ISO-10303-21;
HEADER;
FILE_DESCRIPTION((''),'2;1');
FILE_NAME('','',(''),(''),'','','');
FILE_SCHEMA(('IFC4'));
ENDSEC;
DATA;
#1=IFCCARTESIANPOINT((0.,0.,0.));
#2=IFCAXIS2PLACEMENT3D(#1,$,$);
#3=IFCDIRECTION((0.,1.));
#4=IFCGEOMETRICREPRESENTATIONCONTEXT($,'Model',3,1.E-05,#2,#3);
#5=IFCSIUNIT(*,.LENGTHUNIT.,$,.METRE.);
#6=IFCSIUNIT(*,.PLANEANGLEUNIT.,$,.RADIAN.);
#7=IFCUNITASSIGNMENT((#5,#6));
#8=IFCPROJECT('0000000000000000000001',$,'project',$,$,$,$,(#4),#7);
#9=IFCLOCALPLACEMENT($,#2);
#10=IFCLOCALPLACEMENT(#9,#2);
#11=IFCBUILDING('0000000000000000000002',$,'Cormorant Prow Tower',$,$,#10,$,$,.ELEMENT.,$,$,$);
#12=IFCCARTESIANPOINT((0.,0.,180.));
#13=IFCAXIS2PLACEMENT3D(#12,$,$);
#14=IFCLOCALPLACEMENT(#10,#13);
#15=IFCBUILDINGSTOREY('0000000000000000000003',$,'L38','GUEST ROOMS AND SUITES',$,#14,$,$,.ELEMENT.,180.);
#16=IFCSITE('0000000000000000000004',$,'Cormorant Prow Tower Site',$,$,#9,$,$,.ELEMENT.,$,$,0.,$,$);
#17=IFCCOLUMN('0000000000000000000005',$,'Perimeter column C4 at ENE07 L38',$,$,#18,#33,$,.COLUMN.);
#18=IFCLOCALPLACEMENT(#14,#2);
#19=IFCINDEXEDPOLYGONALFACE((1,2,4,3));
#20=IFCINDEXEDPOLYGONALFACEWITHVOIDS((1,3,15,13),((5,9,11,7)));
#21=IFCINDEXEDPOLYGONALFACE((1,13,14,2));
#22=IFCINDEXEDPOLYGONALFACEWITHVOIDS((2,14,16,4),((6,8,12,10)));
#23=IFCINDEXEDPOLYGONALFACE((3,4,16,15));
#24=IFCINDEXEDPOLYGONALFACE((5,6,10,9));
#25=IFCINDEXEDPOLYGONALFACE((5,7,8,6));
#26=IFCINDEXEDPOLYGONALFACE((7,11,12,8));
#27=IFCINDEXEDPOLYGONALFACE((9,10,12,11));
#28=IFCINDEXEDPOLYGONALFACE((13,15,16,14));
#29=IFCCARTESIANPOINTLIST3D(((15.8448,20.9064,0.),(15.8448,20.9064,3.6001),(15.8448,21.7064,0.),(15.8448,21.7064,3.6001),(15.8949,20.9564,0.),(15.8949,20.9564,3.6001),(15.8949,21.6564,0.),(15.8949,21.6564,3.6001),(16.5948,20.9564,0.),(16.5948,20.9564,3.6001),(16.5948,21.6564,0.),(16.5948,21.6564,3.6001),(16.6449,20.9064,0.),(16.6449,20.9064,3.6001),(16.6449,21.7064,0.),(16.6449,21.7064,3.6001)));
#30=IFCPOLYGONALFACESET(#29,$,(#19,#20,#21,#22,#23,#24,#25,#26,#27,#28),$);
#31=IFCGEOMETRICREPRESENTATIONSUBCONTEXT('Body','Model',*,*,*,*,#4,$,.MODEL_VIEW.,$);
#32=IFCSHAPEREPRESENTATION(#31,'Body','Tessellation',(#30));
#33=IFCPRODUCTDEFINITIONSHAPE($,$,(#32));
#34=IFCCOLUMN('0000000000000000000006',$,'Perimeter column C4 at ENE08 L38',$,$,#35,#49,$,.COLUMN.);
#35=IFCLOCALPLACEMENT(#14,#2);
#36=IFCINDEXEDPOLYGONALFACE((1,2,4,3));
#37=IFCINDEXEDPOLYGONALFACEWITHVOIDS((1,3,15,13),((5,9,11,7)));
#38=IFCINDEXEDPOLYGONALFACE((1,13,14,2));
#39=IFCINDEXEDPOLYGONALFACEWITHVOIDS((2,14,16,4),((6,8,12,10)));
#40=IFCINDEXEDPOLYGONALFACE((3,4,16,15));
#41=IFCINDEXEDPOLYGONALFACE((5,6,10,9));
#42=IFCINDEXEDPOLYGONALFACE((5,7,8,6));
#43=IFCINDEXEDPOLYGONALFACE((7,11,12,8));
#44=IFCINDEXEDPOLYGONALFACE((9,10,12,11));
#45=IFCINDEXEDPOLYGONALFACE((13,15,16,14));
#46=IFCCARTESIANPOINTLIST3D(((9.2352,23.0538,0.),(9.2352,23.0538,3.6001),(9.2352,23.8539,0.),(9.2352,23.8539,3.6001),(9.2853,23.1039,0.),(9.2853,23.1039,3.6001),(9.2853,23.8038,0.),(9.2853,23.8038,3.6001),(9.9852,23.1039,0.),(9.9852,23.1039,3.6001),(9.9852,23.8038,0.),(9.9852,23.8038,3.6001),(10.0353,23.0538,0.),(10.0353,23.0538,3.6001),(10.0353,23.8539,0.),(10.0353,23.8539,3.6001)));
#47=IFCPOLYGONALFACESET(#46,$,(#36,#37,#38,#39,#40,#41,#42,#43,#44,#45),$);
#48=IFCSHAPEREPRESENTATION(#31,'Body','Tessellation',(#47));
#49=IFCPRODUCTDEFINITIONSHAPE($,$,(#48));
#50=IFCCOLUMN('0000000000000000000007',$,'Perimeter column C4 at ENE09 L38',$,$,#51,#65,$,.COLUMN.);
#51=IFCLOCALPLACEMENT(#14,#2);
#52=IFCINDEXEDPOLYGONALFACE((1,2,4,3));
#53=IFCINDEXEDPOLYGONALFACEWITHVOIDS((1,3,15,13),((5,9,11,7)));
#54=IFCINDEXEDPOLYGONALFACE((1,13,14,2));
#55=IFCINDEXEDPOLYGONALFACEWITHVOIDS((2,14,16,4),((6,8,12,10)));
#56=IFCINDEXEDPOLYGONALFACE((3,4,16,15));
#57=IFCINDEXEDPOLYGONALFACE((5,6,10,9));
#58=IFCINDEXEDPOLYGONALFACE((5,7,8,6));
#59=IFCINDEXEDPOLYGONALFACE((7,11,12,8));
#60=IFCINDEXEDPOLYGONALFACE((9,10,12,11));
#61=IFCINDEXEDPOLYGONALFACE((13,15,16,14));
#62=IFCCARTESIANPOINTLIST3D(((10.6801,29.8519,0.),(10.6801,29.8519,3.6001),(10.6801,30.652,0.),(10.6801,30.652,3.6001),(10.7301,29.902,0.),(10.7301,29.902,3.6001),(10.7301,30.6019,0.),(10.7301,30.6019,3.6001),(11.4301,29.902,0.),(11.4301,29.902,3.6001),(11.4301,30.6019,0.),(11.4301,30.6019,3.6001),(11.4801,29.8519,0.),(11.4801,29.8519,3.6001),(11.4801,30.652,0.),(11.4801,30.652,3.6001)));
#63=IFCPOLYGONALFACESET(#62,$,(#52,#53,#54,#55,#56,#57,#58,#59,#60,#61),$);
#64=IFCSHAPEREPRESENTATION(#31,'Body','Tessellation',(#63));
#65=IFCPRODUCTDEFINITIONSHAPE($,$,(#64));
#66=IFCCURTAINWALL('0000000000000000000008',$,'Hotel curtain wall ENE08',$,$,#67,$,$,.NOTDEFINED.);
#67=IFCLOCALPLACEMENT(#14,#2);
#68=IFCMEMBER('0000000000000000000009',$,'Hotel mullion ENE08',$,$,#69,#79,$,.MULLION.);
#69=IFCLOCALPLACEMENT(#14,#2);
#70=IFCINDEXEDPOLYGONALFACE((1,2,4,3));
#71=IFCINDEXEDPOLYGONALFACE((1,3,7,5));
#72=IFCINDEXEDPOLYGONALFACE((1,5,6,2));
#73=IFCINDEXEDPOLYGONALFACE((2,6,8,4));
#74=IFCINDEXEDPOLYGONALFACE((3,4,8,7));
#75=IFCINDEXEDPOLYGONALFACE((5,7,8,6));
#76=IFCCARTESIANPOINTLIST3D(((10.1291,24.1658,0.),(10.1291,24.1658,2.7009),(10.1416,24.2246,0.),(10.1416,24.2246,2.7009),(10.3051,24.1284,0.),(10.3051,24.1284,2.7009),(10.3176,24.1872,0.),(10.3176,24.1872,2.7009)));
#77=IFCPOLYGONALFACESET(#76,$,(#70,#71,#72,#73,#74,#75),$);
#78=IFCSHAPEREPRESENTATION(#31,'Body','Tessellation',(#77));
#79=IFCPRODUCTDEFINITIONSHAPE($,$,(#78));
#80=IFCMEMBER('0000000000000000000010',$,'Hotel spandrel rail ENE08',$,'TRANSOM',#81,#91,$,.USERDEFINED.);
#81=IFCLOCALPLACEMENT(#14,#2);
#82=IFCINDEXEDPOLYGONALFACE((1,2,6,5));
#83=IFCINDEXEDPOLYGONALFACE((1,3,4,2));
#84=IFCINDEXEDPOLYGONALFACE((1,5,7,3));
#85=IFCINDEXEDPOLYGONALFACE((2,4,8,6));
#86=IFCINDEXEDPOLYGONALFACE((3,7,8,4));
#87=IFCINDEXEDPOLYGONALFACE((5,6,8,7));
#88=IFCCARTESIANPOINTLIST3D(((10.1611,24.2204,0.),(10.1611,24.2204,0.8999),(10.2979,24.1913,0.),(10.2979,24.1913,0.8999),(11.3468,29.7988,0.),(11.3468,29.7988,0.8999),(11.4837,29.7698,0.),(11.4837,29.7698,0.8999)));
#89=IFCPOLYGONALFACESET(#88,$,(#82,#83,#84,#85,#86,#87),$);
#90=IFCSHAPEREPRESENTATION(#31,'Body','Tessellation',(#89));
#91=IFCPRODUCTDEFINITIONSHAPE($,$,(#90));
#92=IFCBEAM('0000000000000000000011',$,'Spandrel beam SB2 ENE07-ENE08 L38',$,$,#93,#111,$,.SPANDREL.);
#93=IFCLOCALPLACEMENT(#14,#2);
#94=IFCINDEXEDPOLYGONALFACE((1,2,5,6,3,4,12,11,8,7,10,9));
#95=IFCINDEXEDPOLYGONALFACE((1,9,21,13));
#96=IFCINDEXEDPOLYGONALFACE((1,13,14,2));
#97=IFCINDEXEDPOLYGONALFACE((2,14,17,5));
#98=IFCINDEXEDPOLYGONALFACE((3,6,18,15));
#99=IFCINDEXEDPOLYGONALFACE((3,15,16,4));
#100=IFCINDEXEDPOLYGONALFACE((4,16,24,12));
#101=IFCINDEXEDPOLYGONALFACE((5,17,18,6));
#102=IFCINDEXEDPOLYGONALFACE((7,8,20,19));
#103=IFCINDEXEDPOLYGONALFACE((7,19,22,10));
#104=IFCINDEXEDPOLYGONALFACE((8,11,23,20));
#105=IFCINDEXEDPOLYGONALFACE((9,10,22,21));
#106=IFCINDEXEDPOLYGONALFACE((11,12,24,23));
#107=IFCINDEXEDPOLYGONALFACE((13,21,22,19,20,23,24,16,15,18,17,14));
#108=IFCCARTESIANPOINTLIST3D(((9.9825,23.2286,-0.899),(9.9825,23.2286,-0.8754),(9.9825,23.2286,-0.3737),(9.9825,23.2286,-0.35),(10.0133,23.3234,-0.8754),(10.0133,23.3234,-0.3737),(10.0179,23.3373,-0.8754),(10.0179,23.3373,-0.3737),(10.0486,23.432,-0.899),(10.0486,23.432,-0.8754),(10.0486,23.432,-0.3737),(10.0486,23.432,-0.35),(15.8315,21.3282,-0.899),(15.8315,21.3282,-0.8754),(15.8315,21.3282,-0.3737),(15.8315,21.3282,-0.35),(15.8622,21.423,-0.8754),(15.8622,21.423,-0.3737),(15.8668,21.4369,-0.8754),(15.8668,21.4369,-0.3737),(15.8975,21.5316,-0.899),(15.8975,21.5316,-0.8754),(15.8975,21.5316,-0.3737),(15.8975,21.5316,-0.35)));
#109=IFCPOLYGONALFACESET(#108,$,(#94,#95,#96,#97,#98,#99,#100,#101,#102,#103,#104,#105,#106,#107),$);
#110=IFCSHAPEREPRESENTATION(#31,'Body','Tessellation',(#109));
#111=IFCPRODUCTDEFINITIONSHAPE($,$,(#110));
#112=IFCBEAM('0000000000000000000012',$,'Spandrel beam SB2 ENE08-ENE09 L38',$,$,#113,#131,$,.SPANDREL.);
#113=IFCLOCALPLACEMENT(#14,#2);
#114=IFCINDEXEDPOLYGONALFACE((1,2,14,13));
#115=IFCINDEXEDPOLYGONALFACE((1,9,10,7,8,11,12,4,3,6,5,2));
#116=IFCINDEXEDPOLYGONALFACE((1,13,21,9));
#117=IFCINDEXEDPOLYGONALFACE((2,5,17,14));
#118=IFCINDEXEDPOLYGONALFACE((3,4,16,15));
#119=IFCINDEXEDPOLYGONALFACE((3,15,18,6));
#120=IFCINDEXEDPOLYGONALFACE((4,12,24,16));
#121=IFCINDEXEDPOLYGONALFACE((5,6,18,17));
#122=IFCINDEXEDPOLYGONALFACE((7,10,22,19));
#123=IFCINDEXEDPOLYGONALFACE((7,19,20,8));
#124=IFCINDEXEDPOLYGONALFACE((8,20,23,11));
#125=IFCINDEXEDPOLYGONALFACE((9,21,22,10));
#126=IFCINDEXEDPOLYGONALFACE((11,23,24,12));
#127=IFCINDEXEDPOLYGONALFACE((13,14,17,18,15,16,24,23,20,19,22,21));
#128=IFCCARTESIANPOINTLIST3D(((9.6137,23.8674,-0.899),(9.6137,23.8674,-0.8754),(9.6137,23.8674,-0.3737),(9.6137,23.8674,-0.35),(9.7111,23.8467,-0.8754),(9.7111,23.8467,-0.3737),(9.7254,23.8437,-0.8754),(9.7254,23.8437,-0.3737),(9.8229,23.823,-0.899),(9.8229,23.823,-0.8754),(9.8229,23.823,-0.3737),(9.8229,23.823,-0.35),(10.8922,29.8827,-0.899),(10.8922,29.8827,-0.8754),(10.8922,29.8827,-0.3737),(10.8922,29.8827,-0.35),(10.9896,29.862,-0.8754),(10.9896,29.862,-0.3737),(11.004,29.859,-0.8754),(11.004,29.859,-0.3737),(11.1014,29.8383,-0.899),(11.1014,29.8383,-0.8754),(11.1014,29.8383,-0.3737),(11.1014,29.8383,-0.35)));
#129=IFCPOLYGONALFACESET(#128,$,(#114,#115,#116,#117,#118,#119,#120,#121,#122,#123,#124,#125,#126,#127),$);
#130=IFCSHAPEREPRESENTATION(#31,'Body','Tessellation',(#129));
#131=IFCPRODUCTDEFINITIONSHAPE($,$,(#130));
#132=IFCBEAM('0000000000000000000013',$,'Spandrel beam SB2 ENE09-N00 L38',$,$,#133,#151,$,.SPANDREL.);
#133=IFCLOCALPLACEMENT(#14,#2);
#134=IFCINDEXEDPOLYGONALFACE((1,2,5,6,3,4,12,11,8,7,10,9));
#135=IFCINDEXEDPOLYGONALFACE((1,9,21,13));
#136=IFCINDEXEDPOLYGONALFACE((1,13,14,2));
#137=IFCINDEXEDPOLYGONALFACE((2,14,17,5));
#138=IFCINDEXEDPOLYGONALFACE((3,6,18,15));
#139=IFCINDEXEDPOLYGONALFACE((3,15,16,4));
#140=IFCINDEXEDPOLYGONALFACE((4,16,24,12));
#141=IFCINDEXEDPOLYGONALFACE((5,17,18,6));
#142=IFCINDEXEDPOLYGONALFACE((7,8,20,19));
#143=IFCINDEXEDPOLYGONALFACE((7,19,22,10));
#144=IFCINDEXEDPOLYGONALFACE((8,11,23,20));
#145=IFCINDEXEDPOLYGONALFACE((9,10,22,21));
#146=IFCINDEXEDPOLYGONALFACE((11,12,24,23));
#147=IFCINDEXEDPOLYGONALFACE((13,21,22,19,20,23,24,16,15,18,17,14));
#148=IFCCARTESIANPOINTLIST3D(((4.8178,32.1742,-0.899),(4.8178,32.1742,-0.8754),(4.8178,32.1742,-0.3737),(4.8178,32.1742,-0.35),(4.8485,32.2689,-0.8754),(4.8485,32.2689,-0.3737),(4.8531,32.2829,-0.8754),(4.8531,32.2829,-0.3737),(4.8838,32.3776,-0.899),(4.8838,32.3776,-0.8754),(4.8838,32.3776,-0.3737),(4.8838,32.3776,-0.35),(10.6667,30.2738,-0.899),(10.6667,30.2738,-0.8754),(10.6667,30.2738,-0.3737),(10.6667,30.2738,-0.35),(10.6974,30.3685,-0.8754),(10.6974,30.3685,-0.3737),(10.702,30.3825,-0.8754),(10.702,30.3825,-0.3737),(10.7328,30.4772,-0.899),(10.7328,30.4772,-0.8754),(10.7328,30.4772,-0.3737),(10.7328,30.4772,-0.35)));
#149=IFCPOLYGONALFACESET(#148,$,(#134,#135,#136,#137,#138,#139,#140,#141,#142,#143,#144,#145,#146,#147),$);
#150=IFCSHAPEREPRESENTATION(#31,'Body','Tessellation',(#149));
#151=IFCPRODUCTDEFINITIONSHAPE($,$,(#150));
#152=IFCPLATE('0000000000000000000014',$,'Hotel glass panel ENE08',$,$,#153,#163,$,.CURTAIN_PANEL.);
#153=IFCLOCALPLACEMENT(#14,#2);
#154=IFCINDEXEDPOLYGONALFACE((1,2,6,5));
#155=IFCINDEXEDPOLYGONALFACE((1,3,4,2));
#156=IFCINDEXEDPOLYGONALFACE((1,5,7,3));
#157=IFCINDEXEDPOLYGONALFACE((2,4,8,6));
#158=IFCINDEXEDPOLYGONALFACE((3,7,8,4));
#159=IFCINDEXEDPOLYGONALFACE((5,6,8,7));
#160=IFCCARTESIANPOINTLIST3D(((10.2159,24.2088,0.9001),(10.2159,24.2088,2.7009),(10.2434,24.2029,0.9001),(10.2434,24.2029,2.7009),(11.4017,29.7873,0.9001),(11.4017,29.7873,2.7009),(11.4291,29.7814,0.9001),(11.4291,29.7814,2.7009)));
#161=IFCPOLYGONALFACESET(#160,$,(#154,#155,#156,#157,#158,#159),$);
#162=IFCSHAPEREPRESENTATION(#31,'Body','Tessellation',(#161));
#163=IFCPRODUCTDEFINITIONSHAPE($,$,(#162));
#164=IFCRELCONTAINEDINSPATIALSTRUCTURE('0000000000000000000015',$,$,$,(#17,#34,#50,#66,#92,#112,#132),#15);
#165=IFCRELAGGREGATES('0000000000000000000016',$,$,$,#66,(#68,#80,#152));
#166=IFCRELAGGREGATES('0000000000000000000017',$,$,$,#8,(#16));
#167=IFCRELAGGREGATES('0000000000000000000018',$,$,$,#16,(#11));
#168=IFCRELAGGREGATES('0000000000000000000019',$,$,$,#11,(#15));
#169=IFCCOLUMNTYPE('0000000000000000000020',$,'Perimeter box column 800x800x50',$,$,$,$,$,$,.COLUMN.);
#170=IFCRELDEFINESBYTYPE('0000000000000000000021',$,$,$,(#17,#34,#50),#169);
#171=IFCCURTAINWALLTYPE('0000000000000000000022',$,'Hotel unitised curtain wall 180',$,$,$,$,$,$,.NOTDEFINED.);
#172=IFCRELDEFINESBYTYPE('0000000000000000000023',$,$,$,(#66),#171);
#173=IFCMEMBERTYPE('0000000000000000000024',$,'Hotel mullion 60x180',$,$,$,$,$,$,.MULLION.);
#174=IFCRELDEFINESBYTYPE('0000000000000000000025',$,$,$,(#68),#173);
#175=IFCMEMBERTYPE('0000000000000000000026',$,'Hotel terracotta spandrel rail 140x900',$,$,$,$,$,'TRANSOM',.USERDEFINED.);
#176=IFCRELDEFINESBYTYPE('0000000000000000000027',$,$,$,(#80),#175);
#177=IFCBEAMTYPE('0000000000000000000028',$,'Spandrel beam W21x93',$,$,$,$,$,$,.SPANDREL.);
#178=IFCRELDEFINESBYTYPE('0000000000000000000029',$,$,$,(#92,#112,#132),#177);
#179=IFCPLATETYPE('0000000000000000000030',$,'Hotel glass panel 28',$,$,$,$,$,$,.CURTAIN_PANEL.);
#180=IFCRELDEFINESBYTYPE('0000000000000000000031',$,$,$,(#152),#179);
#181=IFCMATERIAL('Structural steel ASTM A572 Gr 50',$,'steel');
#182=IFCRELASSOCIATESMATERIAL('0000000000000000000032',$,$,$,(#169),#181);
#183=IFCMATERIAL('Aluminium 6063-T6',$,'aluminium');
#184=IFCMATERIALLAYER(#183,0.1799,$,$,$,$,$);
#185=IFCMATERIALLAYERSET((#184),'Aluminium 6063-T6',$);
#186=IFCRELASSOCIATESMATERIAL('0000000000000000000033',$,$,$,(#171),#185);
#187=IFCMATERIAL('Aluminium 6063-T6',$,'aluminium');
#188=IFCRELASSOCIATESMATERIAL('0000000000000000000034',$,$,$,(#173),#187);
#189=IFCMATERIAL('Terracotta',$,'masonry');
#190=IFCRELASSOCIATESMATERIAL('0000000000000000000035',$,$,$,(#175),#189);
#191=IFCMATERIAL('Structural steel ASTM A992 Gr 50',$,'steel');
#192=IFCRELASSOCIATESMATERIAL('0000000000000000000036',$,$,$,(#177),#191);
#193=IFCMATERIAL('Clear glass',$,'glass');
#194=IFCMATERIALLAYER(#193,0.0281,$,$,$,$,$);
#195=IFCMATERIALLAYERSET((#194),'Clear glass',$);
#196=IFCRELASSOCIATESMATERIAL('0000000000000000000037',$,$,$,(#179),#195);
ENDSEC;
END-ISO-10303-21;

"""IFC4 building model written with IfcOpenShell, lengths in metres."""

from ifc_helpers import new_model, si_unit, direction, frame, origin, origin_2d, place, context, subcontext, project, spatial, rectangle, hollow_rectangle, i_section, extrude, material, layer, layer_set, material_profile, profile_set, type_object, element, aggregate, save


model = new_model("IFC4")

# Units and contexts
model_context = context("Model", 3, precision=1e-05, world=origin(), true_north=direction((0.0, 1.0)))
body_context = subcontext(model_context, "Body", "Model", "MODEL_VIEW")
ifc_project = project(units=[si_unit("LENGTHUNIT", "METRE"), si_unit("PLANEANGLEUNIT", "RADIAN")], contexts=[model_context])

# Site, building, storey
site_placement = place(None, origin())
site = spatial("IfcSite", under=ifc_project, at=site_placement, Name="Cormorant Prow Tower Site", CompositionType="ELEMENT", RefElevation=0.0)
building_placement = place(site_placement, origin())
building = spatial("IfcBuilding", under=site, at=building_placement, Name="Cormorant Prow Tower", CompositionType="ELEMENT")
storey_placement = place(building_placement, frame((0.0, 0.0, 180.0)))
storey = spatial("IfcBuildingStorey", under=building, at=storey_placement, Name="L38", Description="GUEST ROOMS AND SUITES", CompositionType="ELEMENT", Elevation=180.0)

# Columns
ifc_material_1 = material(Name="Structural steel ASTM A572 Gr 50", Category="steel")
ifc_material_profile_1 = material_profile(ifc_material_1, hollow_rectangle(XDim=0.8, YDim=0.8, WallThickness=0.05, at=origin_2d()), Name="Box 800x800x50")
ifc_profile_set_1 = profile_set([ifc_material_profile_1], Name="Structural steel ASTM A572 Gr 50")
column_type = type_object("IfcColumnType", Name="Perimeter box column 800x800x50", PredefinedType="COLUMN", material=ifc_profile_set_1)
for number, where, z_axis, x_axis, name in (
    (1, (16.2449, 21.3064, 0.0), (0.0, 0.0, 1.0), (1.0, 0.0, 0.0), "Perimeter column C4 at ENE07 L38"),
    (2, (9.6353, 23.4539, 0.0), (0.0, 0.0, 1.0), (1.0, 0.0, 0.0), "Perimeter column C4 at ENE08 L38"),
    (3, (11.0801, 30.252, 0.0), (0.0, 0.0, 1.0), (1.0, 0.0, 0.0), "Perimeter column C4 at ENE09 L38"),
):
    element("IfcColumn", number, at=place(storey_placement, frame(where, z_axis=z_axis, x_axis=x_axis)), inside=storey, type_object=column_type, Name=name, PredefinedType="COLUMN", context=body_context, shape_type="SweptSolid", body=[
        extrude(hollow_rectangle(XDim=0.8, YDim=0.8, WallThickness=0.05, at=origin_2d()), origin(), (0.0, 0.0, 1.0), 3.6001),
    ])

# Curtain wall, members
ifc_material_2 = material(Name="Aluminium 6063-T6", Category="aluminium")
ifc_layer_1 = layer(ifc_material_2, 0.1799)
ifc_layer_set_1 = layer_set([ifc_layer_1], Name="Aluminium 6063-T6")
curtain_wall_type = type_object("IfcCurtainWallType", Name="Hotel unitised curtain wall 180", PredefinedType="NOTDEFINED", material=ifc_layer_set_1)
curtain_wall_placement = place(storey_placement, origin())
curtain_wall = element("IfcCurtainWall", 4, at=curtain_wall_placement, inside=storey, type_object=curtain_wall_type, Name="Hotel curtain wall ENE08", PredefinedType="NOTDEFINED")
ifc_material_3 = material(Name="Aluminium 6063-T6", Category="aluminium")
ifc_material_profile_2 = material_profile(ifc_material_3, rectangle(XDim=0.1799, YDim=0.0601, at=origin_2d()), Name="Hotel mullion 60x180")
ifc_profile_set_2 = profile_set([ifc_material_profile_2], Name="Aluminium 6063-T6")
member_type_1 = type_object("IfcMemberType", Name="Hotel mullion 60x180", PredefinedType="MULLION", material=ifc_profile_set_2)
member_1_placement = place(storey_placement, frame((10.2234, 24.1765, 0.0), z_axis=(0.0, 0.0, 1.0), x_axis=(-0.978148, 0.207912, 0.0)))
member_1 = element("IfcMember", 5, at=member_1_placement, type_object=member_type_1, Name="Hotel mullion ENE08", PredefinedType="MULLION", context=body_context, shape_type="SweptSolid", body=[
    extrude(rectangle(XDim=0.1799, YDim=0.0601, at=origin_2d()), origin(), (0.0, 0.0, 1.0), 2.7009),
])
ifc_material_4 = material(Name="Terracotta", Category="masonry")
ifc_material_profile_3 = material_profile(ifc_material_4, rectangle(XDim=0.1399, YDim=0.8999, at=origin_2d()), Name="Hotel terracotta spandrel rail 140x900")
ifc_profile_set_3 = profile_set([ifc_material_profile_3], Name="Terracotta")
member_type_2 = type_object("IfcMemberType", Name="Hotel terracotta spandrel rail 140x900", ElementType="TRANSOM", PredefinedType="USERDEFINED", material=ifc_profile_set_3)
member_2_placement = place(storey_placement, frame((10.2295, 24.2058, 0.45), z_axis=(0.207915, 0.978147, 0.0), x_axis=(-0.978147, 0.207915, 0.0)))
member_2 = element("IfcMember", 6, at=member_2_placement, type_object=member_type_2, Name="Hotel spandrel rail ENE08", ObjectType="TRANSOM", PredefinedType="USERDEFINED", context=body_context, shape_type="SweptSolid", body=[
    extrude(rectangle(XDim=0.1399, YDim=0.8999, at=origin_2d()), origin(), (0.0, 0.0, 1.0), 5.7031),
])

# Beams
ifc_material_5 = material(Name="Structural steel ASTM A992 Gr 50", Category="steel")
ifc_material_profile_4 = material_profile(ifc_material_5, i_section(OverallWidth=0.2139, OverallDepth=0.5491, WebThickness=0.0146, FlangeThickness=0.0237, at=origin_2d()), Name="W21x93")
ifc_profile_set_4 = profile_set([ifc_material_profile_4], Name="Structural steel ASTM A992 Gr 50")
beam_type = type_object("IfcBeamType", Name="Spandrel beam W21x93", PredefinedType="SPANDREL", material=ifc_profile_set_4)
beam_1_placement = place(storey_placement, frame((15.8645, 21.4299, -0.6245), z_axis=(-0.951058, 0.309013, 0.0), x_axis=(-0.309013, -0.951058, 0.0)))
element("IfcBeam", 7, at=beam_1_placement, inside=storey, type_object=beam_type, Name="Spandrel beam SB2 ENE07-ENE08 L38", PredefinedType="SPANDREL", context=body_context, shape_type="SweptSolid", body=[
    extrude(i_section(OverallWidth=0.2139, OverallDepth=0.5491, WebThickness=0.0146, FlangeThickness=0.0237, at=origin_2d()), origin(), (0.0, 0.0, 1.0), 6.1499),
])
beam_2_placement = place(storey_placement, frame((9.7183, 23.8452, -0.6245), z_axis=(0.207905, 0.978149, 0.0), x_axis=(-0.978149, 0.207905, 0.0)))
element("IfcBeam", 8, at=beam_2_placement, inside=storey, type_object=beam_type, Name="Spandrel beam SB2 ENE08-ENE09 L38", PredefinedType="SPANDREL", context=body_context, shape_type="SweptSolid", body=[
    extrude(i_section(OverallWidth=0.2139, OverallDepth=0.5491, WebThickness=0.0146, FlangeThickness=0.0237, at=origin_2d()), origin(), (0.0, 0.0, 1.0), 6.1497),
])
beam_3_placement = place(storey_placement, frame((10.6997, 30.3755, -0.6245), z_axis=(-0.951058, 0.309013, 0.0), x_axis=(-0.309013, -0.951058, 0.0)))
element("IfcBeam", 9, at=beam_3_placement, inside=storey, type_object=beam_type, Name="Spandrel beam SB2 ENE09-N00 L38", PredefinedType="SPANDREL", context=body_context, shape_type="SweptSolid", body=[
    extrude(i_section(OverallWidth=0.2139, OverallDepth=0.5491, WebThickness=0.0146, FlangeThickness=0.0237, at=origin_2d()), origin(), (0.0, 0.0, 1.0), 6.1499),
])

# Plate
ifc_material_6 = material(Name="Clear glass", Category="glass")
ifc_layer_2 = layer(ifc_material_6, 0.0281)
ifc_layer_set_2 = layer_set([ifc_layer_2], Name="Clear glass")
plate_type = type_object("IfcPlateType", Name="Hotel glass panel 28", PredefinedType="CURTAIN_PANEL", material=ifc_layer_set_2)
plate_placement = place(storey_placement, frame((10.8225, 26.9951, 0.9001), z_axis=(0.0, 0.0, 1.0), x_axis=(0.207912, 0.978148, 0.0)))
plate = element("IfcPlate", 10, at=plate_placement, type_object=plate_type, Name="Hotel glass panel ENE08", PredefinedType="CURTAIN_PANEL", context=body_context, shape_type="SweptSolid", body=[
    extrude(rectangle(XDim=5.7031, YDim=0.0281, at=origin_2d()), origin(), (0.0, 0.0, 1.0), 1.8008),
])
aggregate(curtain_wall, [member_1, member_2, plate])

save(model, "model.ifc")
